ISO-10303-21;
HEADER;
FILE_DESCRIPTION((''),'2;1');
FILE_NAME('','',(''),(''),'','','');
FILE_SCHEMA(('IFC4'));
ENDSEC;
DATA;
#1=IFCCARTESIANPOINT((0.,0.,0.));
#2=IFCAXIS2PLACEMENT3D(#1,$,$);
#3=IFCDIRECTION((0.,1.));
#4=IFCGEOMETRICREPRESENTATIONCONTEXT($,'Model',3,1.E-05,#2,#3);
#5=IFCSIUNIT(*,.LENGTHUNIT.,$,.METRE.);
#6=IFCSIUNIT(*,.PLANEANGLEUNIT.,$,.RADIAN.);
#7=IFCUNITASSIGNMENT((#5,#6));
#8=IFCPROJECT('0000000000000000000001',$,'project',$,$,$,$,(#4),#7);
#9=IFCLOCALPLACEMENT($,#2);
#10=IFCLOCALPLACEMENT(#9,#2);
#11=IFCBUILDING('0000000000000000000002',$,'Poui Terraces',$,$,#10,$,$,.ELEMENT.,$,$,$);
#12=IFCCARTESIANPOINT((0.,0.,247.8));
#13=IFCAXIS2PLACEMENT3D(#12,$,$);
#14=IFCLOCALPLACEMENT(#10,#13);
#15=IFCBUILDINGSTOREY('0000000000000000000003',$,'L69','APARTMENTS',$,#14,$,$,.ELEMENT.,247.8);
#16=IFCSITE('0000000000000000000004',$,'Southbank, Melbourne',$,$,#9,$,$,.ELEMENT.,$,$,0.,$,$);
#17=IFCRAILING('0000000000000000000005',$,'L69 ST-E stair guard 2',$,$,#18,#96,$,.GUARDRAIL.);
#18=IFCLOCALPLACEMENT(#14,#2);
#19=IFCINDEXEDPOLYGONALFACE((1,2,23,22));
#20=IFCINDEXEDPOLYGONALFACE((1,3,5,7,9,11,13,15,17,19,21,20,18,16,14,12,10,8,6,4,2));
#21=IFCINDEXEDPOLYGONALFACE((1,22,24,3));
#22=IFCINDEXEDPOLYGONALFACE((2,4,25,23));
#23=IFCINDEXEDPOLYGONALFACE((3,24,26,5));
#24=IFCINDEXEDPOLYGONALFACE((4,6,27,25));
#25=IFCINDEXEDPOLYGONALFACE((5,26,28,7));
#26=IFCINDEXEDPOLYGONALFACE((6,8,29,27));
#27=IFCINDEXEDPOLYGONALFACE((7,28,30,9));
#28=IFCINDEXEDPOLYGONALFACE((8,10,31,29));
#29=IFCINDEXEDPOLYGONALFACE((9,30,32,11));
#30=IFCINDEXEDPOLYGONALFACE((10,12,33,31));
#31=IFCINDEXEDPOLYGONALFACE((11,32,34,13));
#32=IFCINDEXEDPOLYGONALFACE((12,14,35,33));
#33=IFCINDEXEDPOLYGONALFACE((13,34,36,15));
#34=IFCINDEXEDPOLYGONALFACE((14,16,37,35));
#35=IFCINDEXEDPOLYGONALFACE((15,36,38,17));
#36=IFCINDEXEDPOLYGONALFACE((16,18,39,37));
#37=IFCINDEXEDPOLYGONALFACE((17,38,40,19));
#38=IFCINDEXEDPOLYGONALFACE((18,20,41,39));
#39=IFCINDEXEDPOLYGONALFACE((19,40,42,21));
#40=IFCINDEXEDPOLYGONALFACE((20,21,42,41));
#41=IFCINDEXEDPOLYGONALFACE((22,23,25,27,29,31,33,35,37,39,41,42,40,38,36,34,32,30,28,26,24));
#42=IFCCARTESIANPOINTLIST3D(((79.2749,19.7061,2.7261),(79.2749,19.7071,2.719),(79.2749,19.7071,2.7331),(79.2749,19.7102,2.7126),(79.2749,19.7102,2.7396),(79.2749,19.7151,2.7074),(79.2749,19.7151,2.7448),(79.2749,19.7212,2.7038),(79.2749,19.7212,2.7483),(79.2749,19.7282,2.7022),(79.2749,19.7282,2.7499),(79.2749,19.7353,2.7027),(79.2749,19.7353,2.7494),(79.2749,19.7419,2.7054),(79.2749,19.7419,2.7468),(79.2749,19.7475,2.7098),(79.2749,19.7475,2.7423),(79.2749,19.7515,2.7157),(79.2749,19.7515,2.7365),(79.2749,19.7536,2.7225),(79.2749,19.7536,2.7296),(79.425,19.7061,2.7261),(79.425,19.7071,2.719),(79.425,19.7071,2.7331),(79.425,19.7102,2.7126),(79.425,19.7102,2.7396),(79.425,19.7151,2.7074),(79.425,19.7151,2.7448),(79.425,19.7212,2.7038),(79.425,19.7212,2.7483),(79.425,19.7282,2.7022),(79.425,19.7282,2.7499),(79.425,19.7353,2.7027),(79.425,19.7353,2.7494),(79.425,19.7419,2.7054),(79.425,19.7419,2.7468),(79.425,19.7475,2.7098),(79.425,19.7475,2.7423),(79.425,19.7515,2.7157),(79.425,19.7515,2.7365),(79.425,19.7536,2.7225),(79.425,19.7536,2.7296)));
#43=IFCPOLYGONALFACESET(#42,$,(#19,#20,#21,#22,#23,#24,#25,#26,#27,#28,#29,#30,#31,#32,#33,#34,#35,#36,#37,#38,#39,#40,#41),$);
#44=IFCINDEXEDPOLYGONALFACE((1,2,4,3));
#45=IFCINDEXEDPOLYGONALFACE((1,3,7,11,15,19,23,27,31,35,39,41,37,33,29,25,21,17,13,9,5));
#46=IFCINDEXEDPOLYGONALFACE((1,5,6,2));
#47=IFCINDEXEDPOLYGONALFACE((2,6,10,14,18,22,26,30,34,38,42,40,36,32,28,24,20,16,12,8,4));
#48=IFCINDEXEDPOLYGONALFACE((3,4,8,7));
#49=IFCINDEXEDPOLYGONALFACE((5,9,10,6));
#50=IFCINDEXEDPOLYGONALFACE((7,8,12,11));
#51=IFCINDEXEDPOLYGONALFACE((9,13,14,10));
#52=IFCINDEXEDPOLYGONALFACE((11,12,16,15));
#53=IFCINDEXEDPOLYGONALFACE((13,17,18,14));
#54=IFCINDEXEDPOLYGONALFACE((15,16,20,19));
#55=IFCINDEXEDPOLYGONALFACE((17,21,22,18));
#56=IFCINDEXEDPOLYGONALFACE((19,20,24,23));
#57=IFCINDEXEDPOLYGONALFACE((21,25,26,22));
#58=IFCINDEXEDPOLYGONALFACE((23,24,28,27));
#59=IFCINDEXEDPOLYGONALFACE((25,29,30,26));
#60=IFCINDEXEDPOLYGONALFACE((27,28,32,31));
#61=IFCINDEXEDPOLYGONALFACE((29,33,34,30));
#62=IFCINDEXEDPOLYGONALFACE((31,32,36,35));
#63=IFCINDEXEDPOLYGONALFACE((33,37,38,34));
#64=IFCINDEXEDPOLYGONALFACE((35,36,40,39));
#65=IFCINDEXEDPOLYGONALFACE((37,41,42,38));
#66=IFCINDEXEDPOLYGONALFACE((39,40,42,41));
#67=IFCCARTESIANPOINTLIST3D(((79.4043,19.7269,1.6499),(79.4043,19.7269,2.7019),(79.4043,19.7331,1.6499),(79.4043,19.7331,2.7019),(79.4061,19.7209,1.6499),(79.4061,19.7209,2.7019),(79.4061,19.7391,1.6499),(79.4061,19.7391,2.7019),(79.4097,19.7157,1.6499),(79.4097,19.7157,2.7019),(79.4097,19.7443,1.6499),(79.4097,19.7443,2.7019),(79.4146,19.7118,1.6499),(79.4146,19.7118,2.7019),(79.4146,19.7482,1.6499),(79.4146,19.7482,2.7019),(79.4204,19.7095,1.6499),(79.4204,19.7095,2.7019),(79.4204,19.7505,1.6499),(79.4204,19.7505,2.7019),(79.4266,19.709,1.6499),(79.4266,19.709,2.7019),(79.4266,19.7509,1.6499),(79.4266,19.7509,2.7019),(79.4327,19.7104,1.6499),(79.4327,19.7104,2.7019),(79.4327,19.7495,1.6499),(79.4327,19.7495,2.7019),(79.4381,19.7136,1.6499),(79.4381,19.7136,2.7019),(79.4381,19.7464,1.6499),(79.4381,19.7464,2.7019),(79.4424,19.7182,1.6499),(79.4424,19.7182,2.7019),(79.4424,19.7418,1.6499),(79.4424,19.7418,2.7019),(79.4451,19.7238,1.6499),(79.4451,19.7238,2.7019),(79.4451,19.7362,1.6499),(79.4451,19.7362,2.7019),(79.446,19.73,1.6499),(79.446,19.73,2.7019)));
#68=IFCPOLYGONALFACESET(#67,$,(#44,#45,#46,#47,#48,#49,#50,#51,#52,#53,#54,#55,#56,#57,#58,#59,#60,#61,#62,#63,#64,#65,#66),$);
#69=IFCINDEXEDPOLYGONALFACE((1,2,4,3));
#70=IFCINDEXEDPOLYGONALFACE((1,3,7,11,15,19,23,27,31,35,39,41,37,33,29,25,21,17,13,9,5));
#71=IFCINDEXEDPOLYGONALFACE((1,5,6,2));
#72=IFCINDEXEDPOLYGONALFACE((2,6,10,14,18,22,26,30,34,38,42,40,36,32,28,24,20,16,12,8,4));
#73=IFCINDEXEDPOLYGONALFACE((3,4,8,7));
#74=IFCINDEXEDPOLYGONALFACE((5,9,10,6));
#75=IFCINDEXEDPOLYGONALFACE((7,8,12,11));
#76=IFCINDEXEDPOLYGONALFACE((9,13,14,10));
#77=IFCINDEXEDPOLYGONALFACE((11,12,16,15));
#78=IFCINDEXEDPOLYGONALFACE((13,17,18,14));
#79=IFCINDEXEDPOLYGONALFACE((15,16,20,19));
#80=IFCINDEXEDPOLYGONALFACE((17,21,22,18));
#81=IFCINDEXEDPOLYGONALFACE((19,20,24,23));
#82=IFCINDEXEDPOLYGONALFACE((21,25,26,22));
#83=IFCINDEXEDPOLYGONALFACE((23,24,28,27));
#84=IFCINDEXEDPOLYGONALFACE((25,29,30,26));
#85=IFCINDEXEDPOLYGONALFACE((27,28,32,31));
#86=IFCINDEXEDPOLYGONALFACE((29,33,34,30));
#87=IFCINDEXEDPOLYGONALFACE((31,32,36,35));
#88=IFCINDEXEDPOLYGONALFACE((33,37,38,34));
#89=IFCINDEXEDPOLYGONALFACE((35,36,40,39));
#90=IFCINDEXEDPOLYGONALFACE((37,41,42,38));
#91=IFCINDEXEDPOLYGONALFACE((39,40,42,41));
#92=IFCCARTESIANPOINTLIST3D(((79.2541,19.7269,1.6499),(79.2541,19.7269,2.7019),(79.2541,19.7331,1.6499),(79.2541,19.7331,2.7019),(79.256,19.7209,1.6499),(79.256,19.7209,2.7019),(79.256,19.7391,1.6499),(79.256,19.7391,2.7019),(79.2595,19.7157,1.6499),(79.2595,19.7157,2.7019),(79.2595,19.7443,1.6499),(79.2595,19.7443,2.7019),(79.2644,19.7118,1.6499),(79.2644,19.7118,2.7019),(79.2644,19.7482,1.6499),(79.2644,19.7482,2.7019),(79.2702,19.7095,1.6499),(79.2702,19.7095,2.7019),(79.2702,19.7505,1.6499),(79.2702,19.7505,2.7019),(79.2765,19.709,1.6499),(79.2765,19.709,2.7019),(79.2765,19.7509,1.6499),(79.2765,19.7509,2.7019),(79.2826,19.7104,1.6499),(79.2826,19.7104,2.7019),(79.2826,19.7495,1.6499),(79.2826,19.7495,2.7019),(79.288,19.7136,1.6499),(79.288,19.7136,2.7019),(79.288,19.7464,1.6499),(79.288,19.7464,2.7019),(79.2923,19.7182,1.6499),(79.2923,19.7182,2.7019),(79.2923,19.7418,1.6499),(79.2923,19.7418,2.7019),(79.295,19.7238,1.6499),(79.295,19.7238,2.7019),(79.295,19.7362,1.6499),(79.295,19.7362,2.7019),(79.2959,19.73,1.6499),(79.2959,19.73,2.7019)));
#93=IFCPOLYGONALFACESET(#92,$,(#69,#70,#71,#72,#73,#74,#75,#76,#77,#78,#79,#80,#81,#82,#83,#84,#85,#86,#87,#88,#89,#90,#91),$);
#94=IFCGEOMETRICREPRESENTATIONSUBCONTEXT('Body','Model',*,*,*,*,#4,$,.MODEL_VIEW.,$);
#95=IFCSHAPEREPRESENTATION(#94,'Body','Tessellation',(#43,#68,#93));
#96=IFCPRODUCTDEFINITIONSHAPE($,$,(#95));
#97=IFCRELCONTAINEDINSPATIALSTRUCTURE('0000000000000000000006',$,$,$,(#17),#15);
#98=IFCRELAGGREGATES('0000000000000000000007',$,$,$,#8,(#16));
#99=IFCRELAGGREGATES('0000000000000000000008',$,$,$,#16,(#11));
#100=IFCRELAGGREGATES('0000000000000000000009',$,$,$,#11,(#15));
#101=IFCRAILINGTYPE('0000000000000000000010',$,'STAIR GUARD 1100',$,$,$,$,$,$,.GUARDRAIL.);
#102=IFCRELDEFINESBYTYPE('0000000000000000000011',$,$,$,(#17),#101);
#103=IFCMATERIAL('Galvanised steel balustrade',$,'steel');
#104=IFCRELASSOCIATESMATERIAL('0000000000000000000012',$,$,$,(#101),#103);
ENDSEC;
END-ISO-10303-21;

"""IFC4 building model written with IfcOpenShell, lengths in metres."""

from ifc_helpers import new_model, si_unit, direction, frame, origin, origin_2d, place, context, subcontext, project, spatial, circle, extrude, material, type_object, element, save


model = new_model("IFC4")

# Units and contexts
model_context = context("Model", 3, precision=1e-05, world=origin(), true_north=direction((0.0, 1.0)))
body_context = subcontext(model_context, "Body", "Model", "MODEL_VIEW")
ifc_project = project(units=[si_unit("LENGTHUNIT", "METRE"), si_unit("PLANEANGLEUNIT", "RADIAN")], contexts=[model_context])

# Site, building, storey
site_placement = place(None, origin())
site = spatial("IfcSite", under=ifc_project, at=site_placement, Name="Southbank, Melbourne", CompositionType="ELEMENT", RefElevation=0.0)
building_placement = place(site_placement, origin())
building = spatial("IfcBuilding", under=site, at=building_placement, Name="Poui Terraces", CompositionType="ELEMENT")
storey_placement = place(building_placement, frame((0.0, 0.0, 247.8)))
storey = spatial("IfcBuildingStorey", under=building, at=storey_placement, Name="L69", Description="APARTMENTS", CompositionType="ELEMENT", Elevation=247.8)

# Railing
ifc_material_1 = material(Name="Galvanised steel balustrade", Category="steel")
railing_type = type_object("IfcRailingType", Name="STAIR GUARD 1100", PredefinedType="GUARDRAIL", material=ifc_material_1)
for number, where, name in (
    (1, (79.425, 19.73, 1.6499), "L69 ST-E stair guard 2"),
):
    element("IfcRailing", number, at=place(storey_placement, frame(where)), inside=storey, type_object=railing_type, Name=name, PredefinedType="GUARDRAIL", context=body_context, shape_type="SweptSolid", body=[
        extrude(circle(Radius=0.0239, at=origin_2d()), frame((0.0, 0.0, 1.0762), z_axis=(-1.0, 0.0, 0.0), x_axis=(0.0, -1.0, 0.0)), (0.0, 0.0, 1.0), 0.1501),
        extrude(circle(Radius=0.021, at=origin_2d()), origin(), (0.0, 0.0, 1.0), 1.052),
        extrude(circle(Radius=0.021, at=origin_2d()), frame((-0.1501, 0.0, 0.0)), (0.0, 0.0, 1.0), 1.052),
    ])

save(model, "model.ifc")
